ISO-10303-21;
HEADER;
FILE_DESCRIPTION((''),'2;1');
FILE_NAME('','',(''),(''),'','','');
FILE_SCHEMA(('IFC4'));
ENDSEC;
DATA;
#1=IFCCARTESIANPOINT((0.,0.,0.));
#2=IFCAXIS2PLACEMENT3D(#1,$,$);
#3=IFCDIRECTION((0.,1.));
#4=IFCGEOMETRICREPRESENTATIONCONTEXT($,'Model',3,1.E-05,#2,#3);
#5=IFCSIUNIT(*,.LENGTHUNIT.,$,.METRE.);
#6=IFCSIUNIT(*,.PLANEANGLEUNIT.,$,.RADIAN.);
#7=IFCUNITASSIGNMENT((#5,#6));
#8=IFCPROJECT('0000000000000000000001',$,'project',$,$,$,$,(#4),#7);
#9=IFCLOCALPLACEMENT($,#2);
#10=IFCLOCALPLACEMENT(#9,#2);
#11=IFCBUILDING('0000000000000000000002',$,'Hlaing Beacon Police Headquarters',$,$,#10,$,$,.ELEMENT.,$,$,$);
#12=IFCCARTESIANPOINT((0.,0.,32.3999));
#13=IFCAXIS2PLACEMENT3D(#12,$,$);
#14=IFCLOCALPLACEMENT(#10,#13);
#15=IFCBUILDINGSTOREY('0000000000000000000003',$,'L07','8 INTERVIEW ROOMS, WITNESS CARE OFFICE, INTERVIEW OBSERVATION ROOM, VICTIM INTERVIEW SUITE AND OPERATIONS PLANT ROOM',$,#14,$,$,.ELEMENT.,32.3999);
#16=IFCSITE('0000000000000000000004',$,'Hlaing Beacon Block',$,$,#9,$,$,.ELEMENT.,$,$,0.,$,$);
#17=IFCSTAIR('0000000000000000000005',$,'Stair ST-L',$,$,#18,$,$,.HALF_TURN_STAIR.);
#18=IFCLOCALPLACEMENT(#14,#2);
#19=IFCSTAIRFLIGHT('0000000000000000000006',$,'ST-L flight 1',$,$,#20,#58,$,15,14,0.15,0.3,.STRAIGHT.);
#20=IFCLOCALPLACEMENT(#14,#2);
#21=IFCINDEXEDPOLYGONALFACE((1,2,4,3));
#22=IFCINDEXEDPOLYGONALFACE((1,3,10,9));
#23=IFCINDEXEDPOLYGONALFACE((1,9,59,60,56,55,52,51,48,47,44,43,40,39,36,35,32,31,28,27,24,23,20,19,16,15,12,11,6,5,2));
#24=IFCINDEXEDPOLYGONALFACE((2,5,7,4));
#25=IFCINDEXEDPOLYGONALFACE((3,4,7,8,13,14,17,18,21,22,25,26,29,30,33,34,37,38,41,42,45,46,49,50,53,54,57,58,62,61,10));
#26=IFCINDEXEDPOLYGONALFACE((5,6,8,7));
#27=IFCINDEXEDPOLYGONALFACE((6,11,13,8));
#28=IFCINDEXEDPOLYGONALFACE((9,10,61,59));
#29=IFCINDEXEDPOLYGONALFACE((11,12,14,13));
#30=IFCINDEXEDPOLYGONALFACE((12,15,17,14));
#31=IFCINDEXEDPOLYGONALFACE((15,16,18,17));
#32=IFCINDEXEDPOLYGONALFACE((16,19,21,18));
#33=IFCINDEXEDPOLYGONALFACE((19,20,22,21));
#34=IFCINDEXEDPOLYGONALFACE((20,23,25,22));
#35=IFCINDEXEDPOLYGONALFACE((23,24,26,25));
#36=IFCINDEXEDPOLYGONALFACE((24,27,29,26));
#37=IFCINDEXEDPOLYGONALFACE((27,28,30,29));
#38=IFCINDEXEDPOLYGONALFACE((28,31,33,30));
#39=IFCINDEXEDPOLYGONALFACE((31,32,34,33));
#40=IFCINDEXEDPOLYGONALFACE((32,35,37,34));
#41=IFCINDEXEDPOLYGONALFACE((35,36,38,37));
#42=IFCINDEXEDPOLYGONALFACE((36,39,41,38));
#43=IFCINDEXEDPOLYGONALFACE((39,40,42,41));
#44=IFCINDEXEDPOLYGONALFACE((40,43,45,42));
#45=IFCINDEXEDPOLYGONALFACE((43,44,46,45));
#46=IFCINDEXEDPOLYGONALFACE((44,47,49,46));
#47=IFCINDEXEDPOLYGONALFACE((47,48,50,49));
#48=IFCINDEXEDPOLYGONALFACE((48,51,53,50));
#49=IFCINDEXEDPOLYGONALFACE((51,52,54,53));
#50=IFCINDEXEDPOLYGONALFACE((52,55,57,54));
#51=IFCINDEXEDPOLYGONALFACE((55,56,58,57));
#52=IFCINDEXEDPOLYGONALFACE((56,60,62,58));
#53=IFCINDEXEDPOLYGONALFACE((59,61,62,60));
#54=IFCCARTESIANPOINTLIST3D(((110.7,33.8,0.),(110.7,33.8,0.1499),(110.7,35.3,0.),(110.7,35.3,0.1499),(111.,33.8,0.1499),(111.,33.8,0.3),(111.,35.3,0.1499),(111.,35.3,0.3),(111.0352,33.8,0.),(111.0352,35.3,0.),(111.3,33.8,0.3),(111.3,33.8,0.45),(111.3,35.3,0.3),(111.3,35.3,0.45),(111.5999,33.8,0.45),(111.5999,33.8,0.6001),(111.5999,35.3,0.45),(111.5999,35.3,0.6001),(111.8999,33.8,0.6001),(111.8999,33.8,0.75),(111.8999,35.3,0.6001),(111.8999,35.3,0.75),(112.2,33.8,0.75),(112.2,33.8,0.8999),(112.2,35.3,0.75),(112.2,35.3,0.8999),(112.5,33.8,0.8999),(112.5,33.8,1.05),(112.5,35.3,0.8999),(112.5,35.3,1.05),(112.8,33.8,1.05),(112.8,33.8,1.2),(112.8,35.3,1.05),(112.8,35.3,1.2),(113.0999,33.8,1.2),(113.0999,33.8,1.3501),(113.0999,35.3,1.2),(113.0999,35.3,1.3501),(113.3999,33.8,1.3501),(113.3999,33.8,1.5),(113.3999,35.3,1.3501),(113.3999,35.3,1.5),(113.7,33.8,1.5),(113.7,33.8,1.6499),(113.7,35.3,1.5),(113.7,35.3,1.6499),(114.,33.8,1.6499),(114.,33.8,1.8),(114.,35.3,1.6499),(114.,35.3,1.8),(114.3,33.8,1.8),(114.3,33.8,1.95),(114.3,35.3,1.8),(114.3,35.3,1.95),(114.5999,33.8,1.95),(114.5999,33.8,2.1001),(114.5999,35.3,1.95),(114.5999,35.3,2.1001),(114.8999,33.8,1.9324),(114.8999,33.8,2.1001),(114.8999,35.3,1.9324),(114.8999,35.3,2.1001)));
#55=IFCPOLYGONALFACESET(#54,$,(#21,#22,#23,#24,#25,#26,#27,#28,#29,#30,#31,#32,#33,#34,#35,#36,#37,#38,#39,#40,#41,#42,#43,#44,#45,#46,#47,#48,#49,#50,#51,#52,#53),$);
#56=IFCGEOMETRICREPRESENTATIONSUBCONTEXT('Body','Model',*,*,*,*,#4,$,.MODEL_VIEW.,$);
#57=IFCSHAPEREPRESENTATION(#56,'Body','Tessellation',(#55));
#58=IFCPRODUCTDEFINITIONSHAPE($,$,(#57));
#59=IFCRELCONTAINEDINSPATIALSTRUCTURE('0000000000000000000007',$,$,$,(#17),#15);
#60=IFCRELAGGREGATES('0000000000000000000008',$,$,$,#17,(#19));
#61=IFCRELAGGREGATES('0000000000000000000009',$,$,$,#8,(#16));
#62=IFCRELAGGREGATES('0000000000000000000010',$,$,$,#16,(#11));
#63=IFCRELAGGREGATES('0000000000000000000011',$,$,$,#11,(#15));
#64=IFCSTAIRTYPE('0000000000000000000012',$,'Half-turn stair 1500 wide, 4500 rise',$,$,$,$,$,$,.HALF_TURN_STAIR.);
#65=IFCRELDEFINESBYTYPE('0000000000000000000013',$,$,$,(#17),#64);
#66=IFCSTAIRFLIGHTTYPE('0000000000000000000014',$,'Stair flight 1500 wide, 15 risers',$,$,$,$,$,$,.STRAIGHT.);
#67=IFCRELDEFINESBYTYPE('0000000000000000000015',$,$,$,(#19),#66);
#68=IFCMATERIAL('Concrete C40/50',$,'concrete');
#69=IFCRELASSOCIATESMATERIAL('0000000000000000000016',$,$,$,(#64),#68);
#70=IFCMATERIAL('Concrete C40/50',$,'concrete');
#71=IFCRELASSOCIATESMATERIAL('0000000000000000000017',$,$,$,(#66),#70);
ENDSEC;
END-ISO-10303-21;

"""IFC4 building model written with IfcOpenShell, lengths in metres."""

from ifc_helpers import new_model, si_unit, direction, frame, origin, place, context, subcontext, project, spatial, polyline, outline, extrude, material, type_object, element, aggregate, save


model = new_model("IFC4")

# Units and contexts
model_context = context("Model", 3, precision=1e-05, world=origin(), true_north=direction((0.0, 1.0)))
body_context = subcontext(model_context, "Body", "Model", "MODEL_VIEW")
ifc_project = project(units=[si_unit("LENGTHUNIT", "METRE"), si_unit("PLANEANGLEUNIT", "RADIAN")], contexts=[model_context])

# Site, building, storey
site_placement = place(None, origin())
site = spatial("IfcSite", under=ifc_project, at=site_placement, Name="Hlaing Beacon Block", CompositionType="ELEMENT", RefElevation=0.0)
building_placement = place(site_placement, origin())
building = spatial("IfcBuilding", under=site, at=building_placement, Name="Hlaing Beacon Police Headquarters", CompositionType="ELEMENT")
storey_placement = place(building_placement, frame((0.0, 0.0, 32.3999)))
storey = spatial("IfcBuildingStorey", under=building, at=storey_placement, Name="L07", Description="8 INTERVIEW ROOMS, WITNESS CARE OFFICE, INTERVIEW OBSERVATION ROOM, VICTIM INTERVIEW SUITE AND OPERATIONS PLANT ROOM", CompositionType="ELEMENT", Elevation=32.3999)

# Stair, stair flight
ifc_material_1 = material(Name="Concrete C40/50", Category="concrete")
stair_type = type_object("IfcStairType", Name="Half-turn stair 1500 wide, 4500 rise", PredefinedType="HALF_TURN_STAIR", material=ifc_material_1)
stair_placement = place(storey_placement, origin())
stair = element("IfcStair", 1, at=stair_placement, inside=storey, type_object=stair_type, Name="Stair ST-L", PredefinedType="HALF_TURN_STAIR")
ifc_material_2 = material(Name="Concrete C40/50", Category="concrete")
stair_flight_type = type_object("IfcStairFlightType", Name="Stair flight 1500 wide, 15 risers", PredefinedType="STRAIGHT", material=ifc_material_2)
stair_flight_placement = place(storey_placement, frame((110.7, 34.55, 0.0), z_axis=(0.0, 0.0, 1.0), x_axis=(1.0, 0.0, 0.0)))
stair_flight = element("IfcStairFlight", 2, at=stair_flight_placement, type_object=stair_flight_type, Name="ST-L flight 1", NumberOfRisers=15, NumberOfTreads=14, PredefinedType="STRAIGHT", RiserHeight=0.15, TreadLength=0.3, context=body_context, shape_type="SweptSolid", body=[
    extrude(outline(polyline([(0.0, 0.0), (0.0, 0.1499), (0.3, 0.1499), (0.3, 0.3), (0.6001, 0.3), (0.6001, 0.45), (0.8999, 0.45), (0.8999, 0.6001), (1.2, 0.6001), (1.2, 0.75), (1.5, 0.75), (1.5, 0.8999), (1.8, 0.8999), (1.8, 1.05), (2.1001, 1.05), (2.1001, 1.2), (2.3999, 1.2), (2.3999, 1.3501), (2.7, 1.3501), (2.7, 1.5), (3.0, 1.5), (3.0, 1.6499), (3.3, 1.6499), (3.3, 1.8), (3.6001, 1.8), (3.6001, 1.95), (3.8999, 1.95), (3.8999, 2.1001), (4.2, 2.1001), (4.2, 2.25), (4.2, 1.9324), (0.3352, 0.0), (0.0, 0.0)])), frame((0.0, 0.75, 0.0), z_axis=(0.0, -1.0, 0.0), x_axis=(1.0, 0.0, 0.0)), (0.0, 0.0, 1.0), 1.5),
])
aggregate(stair, [stair_flight])

save(model, "model.ifc")
